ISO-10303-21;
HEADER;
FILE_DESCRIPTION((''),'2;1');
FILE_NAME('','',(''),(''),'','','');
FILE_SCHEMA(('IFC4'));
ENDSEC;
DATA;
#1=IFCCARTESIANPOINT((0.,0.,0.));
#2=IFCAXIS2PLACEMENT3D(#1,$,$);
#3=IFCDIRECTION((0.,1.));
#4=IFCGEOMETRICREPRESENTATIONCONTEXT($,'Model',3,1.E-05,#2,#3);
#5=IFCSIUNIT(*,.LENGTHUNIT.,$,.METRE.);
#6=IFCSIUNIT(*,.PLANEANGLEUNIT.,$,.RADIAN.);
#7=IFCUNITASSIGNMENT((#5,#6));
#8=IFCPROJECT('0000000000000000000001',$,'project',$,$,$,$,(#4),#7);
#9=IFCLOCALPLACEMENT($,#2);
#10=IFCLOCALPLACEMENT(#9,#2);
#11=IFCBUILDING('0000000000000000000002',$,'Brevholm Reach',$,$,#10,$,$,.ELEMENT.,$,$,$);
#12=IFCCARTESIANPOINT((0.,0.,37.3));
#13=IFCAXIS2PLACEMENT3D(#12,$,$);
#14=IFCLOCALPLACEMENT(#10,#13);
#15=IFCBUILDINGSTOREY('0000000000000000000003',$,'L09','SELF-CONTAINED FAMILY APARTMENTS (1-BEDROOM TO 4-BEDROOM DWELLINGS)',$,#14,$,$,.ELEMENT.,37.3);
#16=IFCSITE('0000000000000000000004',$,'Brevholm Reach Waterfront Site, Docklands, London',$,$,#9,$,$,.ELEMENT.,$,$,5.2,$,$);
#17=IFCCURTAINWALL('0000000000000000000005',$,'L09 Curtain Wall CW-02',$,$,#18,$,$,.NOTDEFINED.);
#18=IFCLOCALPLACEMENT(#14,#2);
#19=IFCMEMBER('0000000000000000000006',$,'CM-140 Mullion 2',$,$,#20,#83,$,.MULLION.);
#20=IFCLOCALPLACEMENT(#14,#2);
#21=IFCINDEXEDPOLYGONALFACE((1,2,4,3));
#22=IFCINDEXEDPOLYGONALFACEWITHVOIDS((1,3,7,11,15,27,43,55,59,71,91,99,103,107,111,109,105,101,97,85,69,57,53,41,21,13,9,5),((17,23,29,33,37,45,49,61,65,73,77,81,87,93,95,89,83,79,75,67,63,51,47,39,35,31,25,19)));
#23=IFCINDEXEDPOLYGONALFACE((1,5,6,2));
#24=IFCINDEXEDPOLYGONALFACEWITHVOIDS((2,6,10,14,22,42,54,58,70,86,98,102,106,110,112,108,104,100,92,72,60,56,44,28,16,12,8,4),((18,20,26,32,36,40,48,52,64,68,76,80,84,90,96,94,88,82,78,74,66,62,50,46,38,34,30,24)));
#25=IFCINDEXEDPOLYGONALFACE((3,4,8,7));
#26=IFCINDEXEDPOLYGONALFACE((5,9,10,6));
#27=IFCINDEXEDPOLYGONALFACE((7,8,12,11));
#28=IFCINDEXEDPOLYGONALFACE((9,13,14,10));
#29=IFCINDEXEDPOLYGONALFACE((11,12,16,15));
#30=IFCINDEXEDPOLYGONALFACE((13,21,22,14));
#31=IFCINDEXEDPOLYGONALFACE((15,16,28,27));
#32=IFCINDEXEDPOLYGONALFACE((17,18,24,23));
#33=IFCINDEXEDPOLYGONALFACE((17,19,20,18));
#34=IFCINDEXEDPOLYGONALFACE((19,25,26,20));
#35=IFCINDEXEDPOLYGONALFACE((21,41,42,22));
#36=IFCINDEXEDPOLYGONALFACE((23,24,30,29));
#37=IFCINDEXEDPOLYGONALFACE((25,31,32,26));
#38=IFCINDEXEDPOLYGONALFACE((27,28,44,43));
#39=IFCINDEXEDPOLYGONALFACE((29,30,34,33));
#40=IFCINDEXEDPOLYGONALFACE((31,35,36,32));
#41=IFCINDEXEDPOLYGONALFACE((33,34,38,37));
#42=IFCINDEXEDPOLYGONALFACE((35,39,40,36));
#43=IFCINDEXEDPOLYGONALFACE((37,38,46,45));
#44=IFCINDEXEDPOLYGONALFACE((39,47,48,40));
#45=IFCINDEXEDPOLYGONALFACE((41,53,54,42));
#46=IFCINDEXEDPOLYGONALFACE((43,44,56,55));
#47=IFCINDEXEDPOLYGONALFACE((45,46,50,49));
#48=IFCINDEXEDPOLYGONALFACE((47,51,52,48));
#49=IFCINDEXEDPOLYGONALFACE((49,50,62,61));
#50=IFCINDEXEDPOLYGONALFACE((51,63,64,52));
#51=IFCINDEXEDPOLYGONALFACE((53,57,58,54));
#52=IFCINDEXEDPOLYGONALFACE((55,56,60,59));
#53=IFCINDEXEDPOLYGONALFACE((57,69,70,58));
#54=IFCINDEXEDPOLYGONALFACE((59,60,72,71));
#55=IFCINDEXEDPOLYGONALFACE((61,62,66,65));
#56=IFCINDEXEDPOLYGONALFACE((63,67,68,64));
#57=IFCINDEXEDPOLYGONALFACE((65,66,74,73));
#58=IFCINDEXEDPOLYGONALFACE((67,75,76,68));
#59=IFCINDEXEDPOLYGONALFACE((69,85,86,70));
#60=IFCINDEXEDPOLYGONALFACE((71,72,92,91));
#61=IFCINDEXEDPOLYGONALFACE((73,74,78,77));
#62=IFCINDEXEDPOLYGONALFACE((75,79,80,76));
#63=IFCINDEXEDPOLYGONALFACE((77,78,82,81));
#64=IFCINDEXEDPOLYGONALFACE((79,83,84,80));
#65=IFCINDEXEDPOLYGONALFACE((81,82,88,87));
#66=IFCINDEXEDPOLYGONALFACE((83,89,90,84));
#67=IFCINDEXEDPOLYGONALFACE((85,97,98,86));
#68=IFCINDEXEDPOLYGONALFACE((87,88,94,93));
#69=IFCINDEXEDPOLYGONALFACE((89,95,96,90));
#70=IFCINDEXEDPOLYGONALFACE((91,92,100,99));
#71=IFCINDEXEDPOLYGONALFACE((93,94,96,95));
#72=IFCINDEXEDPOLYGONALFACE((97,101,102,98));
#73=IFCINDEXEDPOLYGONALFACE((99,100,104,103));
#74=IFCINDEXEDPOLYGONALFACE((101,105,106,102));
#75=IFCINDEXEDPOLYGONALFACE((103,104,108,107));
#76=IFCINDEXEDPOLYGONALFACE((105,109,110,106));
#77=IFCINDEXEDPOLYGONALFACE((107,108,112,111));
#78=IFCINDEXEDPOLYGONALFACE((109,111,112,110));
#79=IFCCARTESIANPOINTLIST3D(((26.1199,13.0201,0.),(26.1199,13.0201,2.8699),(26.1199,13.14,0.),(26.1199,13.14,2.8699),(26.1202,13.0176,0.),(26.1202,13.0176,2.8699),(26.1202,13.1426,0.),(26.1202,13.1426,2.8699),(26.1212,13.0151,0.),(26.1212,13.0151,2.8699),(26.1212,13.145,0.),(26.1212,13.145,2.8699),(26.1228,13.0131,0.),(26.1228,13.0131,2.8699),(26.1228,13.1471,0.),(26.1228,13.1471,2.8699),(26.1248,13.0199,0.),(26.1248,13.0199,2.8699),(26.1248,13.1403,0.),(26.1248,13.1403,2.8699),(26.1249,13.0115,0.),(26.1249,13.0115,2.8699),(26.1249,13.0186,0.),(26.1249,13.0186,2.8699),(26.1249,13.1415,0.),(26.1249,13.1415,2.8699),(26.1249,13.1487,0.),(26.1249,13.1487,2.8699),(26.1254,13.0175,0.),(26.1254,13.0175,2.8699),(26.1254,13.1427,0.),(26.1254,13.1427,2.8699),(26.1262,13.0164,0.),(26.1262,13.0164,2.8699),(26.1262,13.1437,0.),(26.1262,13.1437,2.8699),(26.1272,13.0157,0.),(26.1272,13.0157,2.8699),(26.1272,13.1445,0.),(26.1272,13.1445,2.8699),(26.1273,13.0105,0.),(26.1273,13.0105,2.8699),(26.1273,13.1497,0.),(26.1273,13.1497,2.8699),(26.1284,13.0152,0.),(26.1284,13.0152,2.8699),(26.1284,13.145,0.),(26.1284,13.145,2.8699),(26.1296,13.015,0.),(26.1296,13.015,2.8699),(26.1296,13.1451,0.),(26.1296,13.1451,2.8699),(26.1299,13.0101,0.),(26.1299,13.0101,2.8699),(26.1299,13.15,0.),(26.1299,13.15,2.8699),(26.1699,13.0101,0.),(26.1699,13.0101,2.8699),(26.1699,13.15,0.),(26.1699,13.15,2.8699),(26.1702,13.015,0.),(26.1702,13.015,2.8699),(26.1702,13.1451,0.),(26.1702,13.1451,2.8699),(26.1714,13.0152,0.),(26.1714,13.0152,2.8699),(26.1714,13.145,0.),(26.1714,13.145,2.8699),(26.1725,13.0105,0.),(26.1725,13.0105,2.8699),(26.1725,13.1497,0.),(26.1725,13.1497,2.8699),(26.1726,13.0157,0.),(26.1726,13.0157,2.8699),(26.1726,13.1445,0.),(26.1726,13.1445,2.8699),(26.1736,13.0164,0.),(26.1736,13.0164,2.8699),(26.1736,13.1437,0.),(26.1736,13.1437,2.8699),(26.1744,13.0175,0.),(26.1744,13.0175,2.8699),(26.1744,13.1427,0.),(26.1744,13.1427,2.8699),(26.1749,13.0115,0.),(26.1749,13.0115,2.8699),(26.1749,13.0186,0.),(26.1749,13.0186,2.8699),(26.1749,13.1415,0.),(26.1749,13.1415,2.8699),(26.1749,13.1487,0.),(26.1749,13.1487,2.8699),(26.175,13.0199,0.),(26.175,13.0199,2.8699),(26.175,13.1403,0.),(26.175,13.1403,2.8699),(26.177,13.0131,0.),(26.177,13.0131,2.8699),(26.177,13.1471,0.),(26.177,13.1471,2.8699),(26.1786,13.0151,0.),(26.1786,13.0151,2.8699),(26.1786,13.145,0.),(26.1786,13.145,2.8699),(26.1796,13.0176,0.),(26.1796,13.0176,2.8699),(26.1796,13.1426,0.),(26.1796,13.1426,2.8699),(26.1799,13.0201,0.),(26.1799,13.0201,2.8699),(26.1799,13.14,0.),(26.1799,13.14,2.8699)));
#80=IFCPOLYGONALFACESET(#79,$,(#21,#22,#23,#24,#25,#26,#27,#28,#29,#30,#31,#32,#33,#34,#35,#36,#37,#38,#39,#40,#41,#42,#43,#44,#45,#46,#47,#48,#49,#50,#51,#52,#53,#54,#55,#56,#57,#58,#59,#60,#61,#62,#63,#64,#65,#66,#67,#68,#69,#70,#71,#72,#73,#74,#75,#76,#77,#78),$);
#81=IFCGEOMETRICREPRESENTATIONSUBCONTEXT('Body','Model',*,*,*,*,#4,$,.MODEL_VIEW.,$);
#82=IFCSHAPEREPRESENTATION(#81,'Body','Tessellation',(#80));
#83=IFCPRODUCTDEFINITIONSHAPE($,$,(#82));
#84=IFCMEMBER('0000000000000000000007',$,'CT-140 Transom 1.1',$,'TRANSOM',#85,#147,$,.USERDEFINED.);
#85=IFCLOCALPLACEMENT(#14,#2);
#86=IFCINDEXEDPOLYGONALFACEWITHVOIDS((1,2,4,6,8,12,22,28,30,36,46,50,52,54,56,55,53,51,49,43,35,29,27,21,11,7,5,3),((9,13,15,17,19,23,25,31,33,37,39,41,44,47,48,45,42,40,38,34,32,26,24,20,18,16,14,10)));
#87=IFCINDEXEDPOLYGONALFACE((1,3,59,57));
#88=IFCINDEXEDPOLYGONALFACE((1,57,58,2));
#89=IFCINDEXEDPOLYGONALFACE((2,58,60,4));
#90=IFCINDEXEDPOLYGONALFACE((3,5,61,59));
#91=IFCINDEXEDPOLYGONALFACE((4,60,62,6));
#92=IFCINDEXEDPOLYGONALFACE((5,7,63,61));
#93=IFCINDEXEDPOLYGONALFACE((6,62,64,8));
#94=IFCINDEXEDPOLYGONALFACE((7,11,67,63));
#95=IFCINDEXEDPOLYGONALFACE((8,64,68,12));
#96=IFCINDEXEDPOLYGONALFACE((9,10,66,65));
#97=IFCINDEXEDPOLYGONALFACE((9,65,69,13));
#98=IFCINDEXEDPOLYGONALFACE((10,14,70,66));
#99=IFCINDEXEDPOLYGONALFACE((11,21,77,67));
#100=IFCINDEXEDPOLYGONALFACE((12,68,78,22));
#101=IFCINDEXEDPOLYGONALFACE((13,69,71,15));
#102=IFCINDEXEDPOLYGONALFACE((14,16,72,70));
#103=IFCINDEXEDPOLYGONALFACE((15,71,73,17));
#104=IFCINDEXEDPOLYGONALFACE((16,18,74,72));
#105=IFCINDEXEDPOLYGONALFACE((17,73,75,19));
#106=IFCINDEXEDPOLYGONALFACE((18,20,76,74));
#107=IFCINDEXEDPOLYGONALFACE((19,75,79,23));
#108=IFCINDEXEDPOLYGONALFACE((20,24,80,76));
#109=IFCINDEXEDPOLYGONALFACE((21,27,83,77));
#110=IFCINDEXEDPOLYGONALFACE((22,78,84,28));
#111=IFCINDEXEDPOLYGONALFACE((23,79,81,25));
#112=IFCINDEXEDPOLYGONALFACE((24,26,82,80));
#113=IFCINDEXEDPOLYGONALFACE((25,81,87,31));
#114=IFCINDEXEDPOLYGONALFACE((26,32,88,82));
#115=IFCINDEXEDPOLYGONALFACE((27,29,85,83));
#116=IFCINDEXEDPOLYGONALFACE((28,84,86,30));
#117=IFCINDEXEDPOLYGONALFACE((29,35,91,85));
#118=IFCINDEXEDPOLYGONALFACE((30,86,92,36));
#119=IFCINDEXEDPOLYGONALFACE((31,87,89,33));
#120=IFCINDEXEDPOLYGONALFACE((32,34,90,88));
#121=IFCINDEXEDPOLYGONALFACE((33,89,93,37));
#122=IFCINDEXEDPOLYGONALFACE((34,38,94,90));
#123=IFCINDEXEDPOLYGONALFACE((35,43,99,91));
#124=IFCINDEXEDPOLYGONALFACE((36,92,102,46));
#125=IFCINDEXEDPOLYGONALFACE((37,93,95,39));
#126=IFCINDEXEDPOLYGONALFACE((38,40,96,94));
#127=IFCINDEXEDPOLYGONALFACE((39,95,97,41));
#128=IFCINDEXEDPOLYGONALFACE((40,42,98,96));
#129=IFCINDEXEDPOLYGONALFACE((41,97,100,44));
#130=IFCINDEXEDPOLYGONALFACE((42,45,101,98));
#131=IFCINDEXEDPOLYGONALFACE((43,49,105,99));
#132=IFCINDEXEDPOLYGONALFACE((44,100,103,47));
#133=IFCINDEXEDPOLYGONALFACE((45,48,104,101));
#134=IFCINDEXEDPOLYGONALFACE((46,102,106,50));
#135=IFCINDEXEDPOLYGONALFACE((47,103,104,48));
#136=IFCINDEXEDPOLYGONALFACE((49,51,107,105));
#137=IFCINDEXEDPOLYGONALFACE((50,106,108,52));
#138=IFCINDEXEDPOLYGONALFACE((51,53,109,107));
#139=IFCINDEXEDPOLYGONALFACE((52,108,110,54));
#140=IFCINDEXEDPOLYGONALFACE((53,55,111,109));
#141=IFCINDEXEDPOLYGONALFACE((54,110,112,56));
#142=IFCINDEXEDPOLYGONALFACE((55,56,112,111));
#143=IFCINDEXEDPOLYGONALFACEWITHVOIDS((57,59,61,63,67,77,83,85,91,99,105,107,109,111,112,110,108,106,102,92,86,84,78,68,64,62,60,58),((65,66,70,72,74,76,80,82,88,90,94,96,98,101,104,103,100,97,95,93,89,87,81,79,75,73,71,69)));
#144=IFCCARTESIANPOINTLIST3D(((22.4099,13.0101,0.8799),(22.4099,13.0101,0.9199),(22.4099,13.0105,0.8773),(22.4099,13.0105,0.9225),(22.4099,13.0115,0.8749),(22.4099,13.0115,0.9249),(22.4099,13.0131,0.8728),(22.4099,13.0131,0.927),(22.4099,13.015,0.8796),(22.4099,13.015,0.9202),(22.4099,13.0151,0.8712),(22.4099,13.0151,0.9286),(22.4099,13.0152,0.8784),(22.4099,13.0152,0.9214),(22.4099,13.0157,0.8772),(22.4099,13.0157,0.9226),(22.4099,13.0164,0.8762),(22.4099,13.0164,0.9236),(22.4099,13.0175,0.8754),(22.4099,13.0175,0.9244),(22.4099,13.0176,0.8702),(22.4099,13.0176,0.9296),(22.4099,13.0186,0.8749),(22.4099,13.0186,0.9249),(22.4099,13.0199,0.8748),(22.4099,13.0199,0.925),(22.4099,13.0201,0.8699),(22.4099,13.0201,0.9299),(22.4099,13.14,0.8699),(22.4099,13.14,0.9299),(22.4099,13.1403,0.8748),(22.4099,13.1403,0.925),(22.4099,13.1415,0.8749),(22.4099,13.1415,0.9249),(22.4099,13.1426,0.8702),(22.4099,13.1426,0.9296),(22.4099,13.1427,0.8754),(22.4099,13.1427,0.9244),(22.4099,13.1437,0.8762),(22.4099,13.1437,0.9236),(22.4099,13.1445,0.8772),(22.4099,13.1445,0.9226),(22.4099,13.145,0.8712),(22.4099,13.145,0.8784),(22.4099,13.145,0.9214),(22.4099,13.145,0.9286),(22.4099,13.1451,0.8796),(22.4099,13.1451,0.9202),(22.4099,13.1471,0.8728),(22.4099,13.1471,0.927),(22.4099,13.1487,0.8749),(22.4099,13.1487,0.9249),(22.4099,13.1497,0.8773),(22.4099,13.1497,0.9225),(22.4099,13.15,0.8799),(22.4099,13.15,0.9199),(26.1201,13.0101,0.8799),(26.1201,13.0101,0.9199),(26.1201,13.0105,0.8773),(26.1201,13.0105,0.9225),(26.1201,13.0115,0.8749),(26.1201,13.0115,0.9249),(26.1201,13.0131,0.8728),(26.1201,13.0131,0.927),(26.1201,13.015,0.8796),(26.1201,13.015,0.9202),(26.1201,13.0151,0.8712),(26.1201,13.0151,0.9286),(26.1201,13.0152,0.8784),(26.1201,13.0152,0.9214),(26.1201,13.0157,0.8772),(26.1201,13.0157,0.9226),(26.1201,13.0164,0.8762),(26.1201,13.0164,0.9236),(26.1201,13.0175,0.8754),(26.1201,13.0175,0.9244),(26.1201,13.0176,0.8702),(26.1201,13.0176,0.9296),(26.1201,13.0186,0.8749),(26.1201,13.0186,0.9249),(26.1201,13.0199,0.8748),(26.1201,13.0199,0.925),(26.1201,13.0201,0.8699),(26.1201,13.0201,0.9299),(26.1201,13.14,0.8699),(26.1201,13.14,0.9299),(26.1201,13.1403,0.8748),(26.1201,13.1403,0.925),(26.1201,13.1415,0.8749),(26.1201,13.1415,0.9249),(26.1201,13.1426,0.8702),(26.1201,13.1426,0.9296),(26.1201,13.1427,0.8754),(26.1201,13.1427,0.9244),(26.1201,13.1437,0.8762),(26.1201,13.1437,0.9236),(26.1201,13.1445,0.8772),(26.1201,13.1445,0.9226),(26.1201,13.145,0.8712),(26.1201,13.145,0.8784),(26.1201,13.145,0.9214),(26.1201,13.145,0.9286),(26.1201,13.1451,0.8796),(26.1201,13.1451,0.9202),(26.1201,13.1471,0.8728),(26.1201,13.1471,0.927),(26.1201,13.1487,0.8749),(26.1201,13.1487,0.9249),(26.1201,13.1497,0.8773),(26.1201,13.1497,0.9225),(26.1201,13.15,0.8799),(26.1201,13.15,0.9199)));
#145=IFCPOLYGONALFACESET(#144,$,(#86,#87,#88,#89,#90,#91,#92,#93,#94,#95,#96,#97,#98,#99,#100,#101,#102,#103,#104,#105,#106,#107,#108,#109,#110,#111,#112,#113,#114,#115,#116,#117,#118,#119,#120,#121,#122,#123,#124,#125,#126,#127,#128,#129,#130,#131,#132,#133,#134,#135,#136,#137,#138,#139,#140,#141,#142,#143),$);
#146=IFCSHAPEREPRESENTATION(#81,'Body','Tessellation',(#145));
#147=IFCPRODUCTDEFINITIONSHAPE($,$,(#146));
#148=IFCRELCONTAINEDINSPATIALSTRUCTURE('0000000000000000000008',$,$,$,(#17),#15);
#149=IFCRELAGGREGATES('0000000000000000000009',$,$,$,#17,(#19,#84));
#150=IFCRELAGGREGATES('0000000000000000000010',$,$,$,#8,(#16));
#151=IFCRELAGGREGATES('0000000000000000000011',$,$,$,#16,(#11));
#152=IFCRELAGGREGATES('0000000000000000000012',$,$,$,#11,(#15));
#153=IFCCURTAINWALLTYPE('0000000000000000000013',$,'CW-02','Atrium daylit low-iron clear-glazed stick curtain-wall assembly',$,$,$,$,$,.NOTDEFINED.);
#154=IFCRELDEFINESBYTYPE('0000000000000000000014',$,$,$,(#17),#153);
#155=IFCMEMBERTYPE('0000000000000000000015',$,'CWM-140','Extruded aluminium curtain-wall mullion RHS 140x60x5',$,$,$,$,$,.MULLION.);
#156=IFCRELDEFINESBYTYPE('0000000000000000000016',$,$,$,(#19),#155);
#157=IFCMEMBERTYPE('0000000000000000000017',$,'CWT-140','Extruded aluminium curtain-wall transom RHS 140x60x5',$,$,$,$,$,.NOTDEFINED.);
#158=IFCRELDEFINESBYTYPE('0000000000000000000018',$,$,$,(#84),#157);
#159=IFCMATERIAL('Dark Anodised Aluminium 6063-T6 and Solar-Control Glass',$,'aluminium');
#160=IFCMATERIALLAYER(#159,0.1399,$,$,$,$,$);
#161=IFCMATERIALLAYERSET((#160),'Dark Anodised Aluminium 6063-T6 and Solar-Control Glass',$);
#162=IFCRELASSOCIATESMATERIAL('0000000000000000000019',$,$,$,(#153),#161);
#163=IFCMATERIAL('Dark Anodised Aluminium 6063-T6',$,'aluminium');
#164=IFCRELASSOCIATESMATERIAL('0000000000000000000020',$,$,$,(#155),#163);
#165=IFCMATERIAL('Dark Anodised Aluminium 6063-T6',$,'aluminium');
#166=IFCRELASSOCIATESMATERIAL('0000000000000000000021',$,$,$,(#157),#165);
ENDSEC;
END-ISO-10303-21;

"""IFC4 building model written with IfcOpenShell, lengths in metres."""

from ifc_helpers import new_model, si_unit, direction, frame, origin, origin_2d, place, context, subcontext, project, spatial, hollow_rectangle, extrude, material, layer, layer_set, material_profile, profile_set, type_object, element, aggregate, save


model = new_model("IFC4")

# Units and contexts
model_context = context("Model", 3, precision=1e-05, world=origin(), true_north=direction((0.0, 1.0)))
body_context = subcontext(model_context, "Body", "Model", "MODEL_VIEW")
ifc_project = project(units=[si_unit("LENGTHUNIT", "METRE"), si_unit("PLANEANGLEUNIT", "RADIAN")], contexts=[model_context])

# Site, building, storey
site_placement = place(None, origin())
site = spatial("IfcSite", under=ifc_project, at=site_placement, Name="Brevholm Reach Waterfront Site, Docklands, London", CompositionType="ELEMENT", RefElevation=5.2)
building_placement = place(site_placement, origin())
building = spatial("IfcBuilding", under=site, at=building_placement, Name="Brevholm Reach", CompositionType="ELEMENT")
storey_placement = place(building_placement, frame((0.0, 0.0, 37.3)))
storey = spatial("IfcBuildingStorey", under=building, at=storey_placement, Name="L09", Description="SELF-CONTAINED FAMILY APARTMENTS (1-BEDROOM TO 4-BEDROOM DWELLINGS)", CompositionType="ELEMENT", Elevation=37.3)

# Curtain wall, members
ifc_material_1 = material(Name="Dark Anodised Aluminium 6063-T6 and Solar-Control Glass", Category="aluminium")
ifc_layer_1 = layer(ifc_material_1, 0.1399)
ifc_layer_set_1 = layer_set([ifc_layer_1], Name="Dark Anodised Aluminium 6063-T6 and Solar-Control Glass")
curtain_wall_type = type_object("IfcCurtainWallType", Name="CW-02", Description="Atrium daylit low-iron clear-glazed stick curtain-wall assembly", PredefinedType="NOTDEFINED", material=ifc_layer_set_1)
curtain_wall_placement = place(storey_placement, origin())
curtain_wall = element("IfcCurtainWall", 1, at=curtain_wall_placement, inside=storey, type_object=curtain_wall_type, Name="L09 Curtain Wall CW-02", PredefinedType="NOTDEFINED")
ifc_material_2 = material(Name="Dark Anodised Aluminium 6063-T6", Category="aluminium")
ifc_material_profile_1 = material_profile(ifc_material_2, hollow_rectangle(XDim=0.0601, YDim=0.1399, WallThickness=0.0049, InnerFilletRadius=0.0049, OuterFilletRadius=0.01, at=origin_2d()), Name="RHS 140x60x5")
ifc_profile_set_1 = profile_set([ifc_material_profile_1], Name="Dark Anodised Aluminium 6063-T6")
member_type_1 = type_object("IfcMemberType", Name="CWM-140", Description="Extruded aluminium curtain-wall mullion RHS 140x60x5", PredefinedType="MULLION", material=ifc_profile_set_1)
member_1_placement = place(storey_placement, frame((26.1499, 13.0801, 0.0), z_axis=(0.0, 0.0, 1.0), x_axis=(1.0, 0.0, 0.0)))
member_1 = element("IfcMember", 2, at=member_1_placement, type_object=member_type_1, Name="CM-140 Mullion 2", PredefinedType="MULLION", context=body_context, shape_type="SweptSolid", body=[
    extrude(hollow_rectangle(XDim=0.0601, YDim=0.1399, WallThickness=0.0049, InnerFilletRadius=0.0049, OuterFilletRadius=0.01, at=origin_2d()), origin(), (0.0, 0.0, 1.0), 2.8699),
])
ifc_material_3 = material(Name="Dark Anodised Aluminium 6063-T6", Category="aluminium")
ifc_material_profile_2 = material_profile(ifc_material_3, hollow_rectangle(XDim=0.0601, YDim=0.1399, WallThickness=0.0049, InnerFilletRadius=0.0049, OuterFilletRadius=0.01, at=origin_2d()), Name="RHS 140x60x5")
ifc_profile_set_2 = profile_set([ifc_material_profile_2], Name="Dark Anodised Aluminium 6063-T6")
member_type_2 = type_object("IfcMemberType", Name="CWT-140", Description="Extruded aluminium curtain-wall transom RHS 140x60x5", PredefinedType="NOTDEFINED", material=ifc_profile_set_2)
member_2_placement = place(storey_placement, frame((22.4099, 13.0801, 0.8999), z_axis=(1.0, 0.0, 0.0), x_axis=(0.0, 0.0, 1.0)))
member_2 = element("IfcMember", 3, at=member_2_placement, type_object=member_type_2, Name="CT-140 Transom 1.1", ObjectType="TRANSOM", PredefinedType="USERDEFINED", context=body_context, shape_type="SweptSolid", body=[
    extrude(hollow_rectangle(XDim=0.0601, YDim=0.1399, WallThickness=0.0049, InnerFilletRadius=0.0049, OuterFilletRadius=0.01, at=origin_2d()), origin(), (0.0, 0.0, 1.0), 3.7102),
])
aggregate(curtain_wall, [member_1, member_2])

save(model, "model.ifc")
